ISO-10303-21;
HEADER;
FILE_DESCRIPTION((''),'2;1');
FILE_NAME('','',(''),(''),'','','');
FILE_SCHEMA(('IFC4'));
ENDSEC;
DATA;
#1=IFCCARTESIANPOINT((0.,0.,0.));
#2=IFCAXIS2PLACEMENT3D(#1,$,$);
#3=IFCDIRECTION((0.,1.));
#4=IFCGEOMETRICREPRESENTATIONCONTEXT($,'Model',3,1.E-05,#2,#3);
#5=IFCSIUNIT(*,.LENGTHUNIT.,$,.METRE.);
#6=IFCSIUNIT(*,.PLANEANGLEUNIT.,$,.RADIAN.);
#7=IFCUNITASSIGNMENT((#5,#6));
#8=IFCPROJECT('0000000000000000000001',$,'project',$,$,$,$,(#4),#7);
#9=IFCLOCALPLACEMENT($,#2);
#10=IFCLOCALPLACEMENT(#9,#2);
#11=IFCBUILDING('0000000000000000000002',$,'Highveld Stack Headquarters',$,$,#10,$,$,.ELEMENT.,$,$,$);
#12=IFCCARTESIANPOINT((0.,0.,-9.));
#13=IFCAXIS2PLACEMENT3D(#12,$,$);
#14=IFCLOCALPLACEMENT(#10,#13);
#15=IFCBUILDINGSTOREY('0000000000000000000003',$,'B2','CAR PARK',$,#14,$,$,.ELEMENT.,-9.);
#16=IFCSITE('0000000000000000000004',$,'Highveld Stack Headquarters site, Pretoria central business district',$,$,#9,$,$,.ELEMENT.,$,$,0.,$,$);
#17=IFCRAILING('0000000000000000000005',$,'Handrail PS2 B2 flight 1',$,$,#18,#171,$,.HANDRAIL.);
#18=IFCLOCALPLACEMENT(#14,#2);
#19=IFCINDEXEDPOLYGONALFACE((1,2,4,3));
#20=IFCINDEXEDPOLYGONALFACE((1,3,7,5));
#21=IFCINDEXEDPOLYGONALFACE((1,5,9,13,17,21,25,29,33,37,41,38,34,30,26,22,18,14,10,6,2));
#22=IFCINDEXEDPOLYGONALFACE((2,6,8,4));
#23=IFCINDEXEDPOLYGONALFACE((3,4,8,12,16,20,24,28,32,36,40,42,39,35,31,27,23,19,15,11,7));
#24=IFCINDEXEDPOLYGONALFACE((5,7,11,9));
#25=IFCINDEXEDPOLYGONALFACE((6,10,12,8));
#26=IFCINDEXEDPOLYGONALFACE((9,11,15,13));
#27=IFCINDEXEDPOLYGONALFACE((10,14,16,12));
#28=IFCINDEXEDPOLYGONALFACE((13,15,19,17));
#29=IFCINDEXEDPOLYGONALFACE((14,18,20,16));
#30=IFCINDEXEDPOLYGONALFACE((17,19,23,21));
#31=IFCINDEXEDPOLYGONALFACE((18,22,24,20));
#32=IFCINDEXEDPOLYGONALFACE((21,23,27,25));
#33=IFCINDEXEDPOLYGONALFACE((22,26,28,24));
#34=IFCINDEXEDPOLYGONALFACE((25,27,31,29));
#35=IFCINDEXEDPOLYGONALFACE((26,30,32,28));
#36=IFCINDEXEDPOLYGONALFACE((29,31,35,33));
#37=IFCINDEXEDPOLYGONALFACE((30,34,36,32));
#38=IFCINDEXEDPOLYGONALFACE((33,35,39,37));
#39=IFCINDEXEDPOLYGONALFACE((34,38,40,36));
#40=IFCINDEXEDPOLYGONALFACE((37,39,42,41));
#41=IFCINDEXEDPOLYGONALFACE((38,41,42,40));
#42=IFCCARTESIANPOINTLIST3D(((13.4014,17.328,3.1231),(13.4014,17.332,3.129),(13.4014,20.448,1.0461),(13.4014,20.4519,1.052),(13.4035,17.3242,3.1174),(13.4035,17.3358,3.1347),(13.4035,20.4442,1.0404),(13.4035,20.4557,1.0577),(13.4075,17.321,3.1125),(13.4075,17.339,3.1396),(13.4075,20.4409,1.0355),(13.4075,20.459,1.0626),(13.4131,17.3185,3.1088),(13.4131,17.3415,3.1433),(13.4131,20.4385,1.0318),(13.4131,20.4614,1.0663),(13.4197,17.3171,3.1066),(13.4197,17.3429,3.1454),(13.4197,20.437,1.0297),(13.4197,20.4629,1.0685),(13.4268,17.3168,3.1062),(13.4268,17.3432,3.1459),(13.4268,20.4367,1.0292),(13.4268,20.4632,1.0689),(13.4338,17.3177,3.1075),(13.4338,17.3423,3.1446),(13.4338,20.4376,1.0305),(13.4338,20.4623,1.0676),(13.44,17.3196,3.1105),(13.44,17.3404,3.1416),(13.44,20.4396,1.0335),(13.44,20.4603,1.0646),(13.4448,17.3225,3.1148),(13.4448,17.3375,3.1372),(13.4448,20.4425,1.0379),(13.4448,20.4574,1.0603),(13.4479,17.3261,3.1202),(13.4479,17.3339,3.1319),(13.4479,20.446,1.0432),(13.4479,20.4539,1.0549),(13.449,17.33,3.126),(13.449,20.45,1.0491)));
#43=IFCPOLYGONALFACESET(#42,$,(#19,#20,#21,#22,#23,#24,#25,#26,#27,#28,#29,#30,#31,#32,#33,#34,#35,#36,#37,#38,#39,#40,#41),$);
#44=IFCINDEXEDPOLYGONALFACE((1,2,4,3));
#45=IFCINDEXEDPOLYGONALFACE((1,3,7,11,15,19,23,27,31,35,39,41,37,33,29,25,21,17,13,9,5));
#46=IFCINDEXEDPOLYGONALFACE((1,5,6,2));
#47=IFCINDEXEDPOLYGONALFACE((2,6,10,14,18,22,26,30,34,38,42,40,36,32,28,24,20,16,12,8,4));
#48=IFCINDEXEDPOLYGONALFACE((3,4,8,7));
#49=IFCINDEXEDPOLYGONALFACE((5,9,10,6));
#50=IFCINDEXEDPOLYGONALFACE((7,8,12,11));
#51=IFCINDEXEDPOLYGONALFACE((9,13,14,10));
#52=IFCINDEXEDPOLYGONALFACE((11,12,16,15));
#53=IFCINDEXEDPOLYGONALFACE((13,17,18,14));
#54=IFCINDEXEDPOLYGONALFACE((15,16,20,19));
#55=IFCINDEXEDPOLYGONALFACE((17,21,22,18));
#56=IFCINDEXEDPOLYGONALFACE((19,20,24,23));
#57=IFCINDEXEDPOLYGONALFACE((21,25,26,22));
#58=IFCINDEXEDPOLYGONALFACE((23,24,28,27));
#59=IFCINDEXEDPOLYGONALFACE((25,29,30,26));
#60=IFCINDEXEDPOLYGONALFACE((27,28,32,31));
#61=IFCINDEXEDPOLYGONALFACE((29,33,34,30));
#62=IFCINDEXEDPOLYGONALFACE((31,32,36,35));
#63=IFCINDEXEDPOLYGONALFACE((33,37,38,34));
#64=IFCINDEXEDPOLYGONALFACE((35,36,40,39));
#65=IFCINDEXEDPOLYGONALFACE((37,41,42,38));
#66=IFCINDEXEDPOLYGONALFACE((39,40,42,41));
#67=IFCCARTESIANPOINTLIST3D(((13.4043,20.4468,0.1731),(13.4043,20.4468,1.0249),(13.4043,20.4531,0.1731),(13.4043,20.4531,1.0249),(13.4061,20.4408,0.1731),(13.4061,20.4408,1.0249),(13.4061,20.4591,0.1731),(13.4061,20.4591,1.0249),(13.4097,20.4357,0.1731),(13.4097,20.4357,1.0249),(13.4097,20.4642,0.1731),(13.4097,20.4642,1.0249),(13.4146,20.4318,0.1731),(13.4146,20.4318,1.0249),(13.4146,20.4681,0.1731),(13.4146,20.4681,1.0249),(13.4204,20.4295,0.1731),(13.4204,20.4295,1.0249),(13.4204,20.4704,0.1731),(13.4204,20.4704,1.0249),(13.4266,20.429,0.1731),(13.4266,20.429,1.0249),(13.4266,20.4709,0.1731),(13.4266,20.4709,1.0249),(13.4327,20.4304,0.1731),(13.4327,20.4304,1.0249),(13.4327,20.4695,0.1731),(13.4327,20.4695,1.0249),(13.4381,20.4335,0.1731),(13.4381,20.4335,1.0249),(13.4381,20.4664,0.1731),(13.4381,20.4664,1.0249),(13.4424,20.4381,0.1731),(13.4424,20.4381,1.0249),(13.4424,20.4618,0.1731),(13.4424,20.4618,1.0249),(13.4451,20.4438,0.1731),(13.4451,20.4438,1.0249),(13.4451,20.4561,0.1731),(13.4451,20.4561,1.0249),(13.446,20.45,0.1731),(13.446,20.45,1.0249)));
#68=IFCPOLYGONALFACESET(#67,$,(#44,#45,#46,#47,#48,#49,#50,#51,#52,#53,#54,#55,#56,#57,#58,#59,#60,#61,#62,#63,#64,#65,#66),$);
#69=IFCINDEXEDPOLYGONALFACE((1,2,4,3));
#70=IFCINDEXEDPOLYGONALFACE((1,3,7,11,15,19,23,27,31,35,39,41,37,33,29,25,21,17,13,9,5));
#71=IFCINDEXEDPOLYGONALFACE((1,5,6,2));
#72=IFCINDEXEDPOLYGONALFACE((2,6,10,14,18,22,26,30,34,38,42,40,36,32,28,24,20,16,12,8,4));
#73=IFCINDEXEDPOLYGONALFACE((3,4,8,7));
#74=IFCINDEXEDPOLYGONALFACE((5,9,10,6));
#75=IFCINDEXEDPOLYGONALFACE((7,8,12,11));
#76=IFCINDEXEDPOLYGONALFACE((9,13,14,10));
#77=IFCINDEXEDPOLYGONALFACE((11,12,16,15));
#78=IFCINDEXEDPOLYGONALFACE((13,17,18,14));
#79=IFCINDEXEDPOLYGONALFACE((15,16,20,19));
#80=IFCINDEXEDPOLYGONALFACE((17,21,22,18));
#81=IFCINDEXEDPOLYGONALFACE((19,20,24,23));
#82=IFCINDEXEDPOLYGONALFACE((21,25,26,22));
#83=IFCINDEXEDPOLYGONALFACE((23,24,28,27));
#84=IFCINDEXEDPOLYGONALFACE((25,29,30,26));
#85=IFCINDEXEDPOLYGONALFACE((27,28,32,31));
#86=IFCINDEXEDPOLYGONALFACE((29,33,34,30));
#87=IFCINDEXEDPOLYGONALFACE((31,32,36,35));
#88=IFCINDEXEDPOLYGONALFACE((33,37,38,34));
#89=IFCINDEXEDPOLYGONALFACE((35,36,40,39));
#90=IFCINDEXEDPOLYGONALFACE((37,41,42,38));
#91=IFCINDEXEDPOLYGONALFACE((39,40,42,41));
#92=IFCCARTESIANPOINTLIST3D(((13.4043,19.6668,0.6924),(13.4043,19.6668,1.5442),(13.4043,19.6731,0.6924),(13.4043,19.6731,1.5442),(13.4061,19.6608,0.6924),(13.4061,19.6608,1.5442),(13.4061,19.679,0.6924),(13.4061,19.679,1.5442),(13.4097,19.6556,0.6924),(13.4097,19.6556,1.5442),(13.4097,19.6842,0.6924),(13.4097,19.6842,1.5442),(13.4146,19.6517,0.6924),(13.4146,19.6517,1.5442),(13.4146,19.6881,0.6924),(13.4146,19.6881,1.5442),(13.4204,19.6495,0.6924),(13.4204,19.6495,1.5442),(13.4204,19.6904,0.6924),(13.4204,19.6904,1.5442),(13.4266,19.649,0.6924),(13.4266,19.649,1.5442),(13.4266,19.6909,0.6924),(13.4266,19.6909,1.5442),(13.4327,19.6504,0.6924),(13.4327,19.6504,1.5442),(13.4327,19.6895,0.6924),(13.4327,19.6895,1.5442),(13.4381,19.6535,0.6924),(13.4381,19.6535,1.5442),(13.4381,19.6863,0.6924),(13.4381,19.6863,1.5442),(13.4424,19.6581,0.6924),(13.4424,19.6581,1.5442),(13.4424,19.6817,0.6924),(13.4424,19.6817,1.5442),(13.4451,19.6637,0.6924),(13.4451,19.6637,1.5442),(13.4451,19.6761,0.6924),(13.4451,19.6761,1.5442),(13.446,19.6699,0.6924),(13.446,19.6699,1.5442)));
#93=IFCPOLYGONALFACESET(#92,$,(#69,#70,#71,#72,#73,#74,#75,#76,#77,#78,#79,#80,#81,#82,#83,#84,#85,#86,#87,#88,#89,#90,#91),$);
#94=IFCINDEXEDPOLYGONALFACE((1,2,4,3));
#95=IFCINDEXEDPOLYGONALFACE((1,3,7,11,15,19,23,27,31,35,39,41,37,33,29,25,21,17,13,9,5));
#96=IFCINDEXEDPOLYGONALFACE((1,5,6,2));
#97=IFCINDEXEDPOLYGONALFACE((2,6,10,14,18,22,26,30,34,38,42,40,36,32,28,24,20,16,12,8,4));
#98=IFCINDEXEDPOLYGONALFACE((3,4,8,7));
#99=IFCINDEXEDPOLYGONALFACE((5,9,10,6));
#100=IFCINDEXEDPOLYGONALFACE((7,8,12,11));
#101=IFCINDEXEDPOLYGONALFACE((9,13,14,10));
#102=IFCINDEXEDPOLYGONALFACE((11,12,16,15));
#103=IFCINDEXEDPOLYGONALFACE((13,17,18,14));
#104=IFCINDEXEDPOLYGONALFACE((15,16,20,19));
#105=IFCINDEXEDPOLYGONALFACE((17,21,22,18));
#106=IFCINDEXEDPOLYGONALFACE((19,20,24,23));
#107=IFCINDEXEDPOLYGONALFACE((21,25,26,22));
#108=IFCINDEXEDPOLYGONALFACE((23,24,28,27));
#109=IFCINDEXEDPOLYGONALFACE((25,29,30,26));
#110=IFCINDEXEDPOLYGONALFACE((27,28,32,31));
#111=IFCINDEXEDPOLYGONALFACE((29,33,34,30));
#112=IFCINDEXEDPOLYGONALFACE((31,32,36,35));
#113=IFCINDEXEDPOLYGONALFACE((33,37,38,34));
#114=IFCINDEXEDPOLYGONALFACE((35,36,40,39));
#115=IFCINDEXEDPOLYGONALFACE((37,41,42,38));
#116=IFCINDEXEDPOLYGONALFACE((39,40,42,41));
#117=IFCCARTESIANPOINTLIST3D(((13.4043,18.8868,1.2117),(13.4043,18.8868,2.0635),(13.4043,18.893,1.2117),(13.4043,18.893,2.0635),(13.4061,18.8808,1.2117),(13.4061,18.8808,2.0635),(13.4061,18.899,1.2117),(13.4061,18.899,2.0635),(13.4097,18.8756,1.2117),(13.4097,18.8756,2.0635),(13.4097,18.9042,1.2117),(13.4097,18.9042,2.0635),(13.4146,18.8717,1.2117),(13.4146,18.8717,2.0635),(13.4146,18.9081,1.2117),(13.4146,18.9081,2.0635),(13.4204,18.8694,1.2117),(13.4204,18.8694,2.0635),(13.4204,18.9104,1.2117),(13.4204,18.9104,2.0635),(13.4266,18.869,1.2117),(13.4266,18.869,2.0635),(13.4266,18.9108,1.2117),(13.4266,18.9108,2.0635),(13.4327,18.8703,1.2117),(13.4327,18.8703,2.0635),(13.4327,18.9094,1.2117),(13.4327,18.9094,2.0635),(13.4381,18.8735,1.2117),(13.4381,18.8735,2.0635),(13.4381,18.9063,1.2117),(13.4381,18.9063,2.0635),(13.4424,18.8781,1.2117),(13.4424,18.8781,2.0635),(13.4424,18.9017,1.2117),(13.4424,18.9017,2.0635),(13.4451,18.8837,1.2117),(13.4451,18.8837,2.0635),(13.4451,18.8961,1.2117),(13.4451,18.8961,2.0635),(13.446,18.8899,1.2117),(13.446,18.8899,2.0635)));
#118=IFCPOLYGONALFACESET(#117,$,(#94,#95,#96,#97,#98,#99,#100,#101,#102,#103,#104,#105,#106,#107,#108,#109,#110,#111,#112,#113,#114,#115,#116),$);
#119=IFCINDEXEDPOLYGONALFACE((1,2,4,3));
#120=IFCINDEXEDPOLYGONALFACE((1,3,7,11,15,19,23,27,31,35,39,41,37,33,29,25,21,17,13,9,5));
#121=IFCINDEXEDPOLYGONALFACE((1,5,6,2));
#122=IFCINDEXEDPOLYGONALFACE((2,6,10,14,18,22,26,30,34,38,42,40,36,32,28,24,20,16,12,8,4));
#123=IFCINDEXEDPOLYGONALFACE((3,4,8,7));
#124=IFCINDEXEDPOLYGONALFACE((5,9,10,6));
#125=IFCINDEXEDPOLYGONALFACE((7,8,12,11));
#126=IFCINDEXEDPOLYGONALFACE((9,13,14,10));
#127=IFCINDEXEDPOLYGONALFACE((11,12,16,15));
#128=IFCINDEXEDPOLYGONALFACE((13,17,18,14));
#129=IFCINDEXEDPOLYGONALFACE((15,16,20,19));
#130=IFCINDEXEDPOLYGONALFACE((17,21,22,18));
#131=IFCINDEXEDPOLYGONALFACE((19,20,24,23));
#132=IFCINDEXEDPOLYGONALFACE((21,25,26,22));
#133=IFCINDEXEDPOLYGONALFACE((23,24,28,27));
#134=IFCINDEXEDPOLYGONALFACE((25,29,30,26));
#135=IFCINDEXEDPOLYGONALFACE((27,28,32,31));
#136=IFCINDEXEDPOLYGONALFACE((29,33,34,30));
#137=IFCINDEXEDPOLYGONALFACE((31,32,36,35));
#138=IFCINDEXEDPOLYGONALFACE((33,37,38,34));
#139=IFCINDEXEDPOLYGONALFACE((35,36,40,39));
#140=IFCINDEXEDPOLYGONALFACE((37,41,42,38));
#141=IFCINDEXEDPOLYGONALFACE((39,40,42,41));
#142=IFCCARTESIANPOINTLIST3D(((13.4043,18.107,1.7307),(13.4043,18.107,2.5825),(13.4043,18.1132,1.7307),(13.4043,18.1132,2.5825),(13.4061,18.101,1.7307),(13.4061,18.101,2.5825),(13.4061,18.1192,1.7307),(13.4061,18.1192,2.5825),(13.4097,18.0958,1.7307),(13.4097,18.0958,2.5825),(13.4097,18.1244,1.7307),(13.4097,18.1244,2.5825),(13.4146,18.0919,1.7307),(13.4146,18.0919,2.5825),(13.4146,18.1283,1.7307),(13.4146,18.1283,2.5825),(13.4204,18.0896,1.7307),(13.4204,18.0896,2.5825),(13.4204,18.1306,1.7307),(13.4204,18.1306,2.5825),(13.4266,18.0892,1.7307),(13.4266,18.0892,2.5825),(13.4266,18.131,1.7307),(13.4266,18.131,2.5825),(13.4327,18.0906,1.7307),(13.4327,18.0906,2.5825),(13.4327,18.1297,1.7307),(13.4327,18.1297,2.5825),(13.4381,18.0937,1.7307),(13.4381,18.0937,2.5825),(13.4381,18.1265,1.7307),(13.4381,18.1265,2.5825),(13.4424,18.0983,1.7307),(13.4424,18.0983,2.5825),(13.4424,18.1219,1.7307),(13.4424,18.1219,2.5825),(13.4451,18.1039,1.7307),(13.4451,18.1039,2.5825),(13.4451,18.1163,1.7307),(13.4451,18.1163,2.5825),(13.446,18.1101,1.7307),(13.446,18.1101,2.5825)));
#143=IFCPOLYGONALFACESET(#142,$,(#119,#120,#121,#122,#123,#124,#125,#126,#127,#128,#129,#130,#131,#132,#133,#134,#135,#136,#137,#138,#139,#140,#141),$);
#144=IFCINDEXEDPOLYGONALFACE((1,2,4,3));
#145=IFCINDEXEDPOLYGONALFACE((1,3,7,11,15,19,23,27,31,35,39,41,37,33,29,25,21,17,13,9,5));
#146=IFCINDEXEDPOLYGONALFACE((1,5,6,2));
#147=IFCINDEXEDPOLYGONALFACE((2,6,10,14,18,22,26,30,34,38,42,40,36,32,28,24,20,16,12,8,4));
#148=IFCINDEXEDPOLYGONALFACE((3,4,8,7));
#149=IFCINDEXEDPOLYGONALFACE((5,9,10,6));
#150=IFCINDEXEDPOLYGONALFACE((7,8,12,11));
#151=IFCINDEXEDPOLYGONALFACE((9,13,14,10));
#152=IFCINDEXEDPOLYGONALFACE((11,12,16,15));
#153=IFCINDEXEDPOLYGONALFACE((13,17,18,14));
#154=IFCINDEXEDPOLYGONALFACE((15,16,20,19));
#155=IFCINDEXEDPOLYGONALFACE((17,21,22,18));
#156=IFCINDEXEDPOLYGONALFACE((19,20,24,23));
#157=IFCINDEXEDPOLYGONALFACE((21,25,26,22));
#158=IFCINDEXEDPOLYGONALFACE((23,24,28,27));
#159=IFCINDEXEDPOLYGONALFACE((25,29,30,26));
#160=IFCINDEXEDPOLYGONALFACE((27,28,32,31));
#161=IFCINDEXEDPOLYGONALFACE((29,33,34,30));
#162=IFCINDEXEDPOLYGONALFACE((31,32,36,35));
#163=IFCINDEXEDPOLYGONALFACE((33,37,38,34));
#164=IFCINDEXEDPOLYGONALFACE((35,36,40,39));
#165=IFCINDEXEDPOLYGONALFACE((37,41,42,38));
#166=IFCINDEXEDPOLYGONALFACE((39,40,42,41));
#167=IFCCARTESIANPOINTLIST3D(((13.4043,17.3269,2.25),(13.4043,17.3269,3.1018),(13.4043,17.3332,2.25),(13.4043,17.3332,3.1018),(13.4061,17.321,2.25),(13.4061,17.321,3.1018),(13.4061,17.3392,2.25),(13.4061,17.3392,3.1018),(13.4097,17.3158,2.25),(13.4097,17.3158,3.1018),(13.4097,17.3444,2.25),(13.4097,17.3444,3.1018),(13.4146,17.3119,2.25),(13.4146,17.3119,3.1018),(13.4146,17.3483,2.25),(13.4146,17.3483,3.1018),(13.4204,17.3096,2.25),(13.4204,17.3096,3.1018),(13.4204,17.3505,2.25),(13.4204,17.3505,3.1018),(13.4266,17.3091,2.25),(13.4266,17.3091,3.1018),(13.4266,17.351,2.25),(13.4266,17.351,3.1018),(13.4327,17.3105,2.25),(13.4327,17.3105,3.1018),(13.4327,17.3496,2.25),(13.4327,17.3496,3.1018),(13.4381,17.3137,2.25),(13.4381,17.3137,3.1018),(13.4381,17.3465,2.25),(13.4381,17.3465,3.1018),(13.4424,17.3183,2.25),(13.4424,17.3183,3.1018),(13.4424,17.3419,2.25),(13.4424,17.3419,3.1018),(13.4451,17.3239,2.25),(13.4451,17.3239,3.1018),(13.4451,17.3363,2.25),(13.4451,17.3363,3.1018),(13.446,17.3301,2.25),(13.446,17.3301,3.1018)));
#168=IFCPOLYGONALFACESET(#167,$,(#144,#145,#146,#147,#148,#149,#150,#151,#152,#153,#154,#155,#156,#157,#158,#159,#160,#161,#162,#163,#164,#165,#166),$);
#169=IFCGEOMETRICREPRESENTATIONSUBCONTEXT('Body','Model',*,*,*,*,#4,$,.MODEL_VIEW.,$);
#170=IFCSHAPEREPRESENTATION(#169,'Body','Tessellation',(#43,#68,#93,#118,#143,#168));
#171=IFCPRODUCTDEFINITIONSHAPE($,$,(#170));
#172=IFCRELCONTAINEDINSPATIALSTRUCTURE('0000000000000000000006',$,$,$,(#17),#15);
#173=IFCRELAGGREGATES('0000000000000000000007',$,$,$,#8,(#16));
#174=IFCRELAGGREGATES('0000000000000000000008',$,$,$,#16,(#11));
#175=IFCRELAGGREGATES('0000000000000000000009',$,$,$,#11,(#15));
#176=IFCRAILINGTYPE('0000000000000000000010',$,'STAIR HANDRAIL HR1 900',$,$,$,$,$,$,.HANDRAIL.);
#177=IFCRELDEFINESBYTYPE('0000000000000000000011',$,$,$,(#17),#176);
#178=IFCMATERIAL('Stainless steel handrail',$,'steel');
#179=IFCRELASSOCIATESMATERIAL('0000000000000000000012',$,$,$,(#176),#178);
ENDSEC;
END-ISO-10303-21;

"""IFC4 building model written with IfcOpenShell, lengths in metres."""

from ifc_helpers import new_model, si_unit, direction, frame, origin, origin_2d, place, context, subcontext, project, spatial, circle, extrude, material, type_object, element, save


model = new_model("IFC4")

# Units and contexts
model_context = context("Model", 3, precision=1e-05, world=origin(), true_north=direction((0.0, 1.0)))
body_context = subcontext(model_context, "Body", "Model", "MODEL_VIEW")
ifc_project = project(units=[si_unit("LENGTHUNIT", "METRE"), si_unit("PLANEANGLEUNIT", "RADIAN")], contexts=[model_context])

# Site, building, storey
site_placement = place(None, origin())
site = spatial("IfcSite", under=ifc_project, at=site_placement, Name="Highveld Stack Headquarters site, Pretoria central business district", CompositionType="ELEMENT", RefElevation=0.0)
building_placement = place(site_placement, origin())
building = spatial("IfcBuilding", under=site, at=building_placement, Name="Highveld Stack Headquarters", CompositionType="ELEMENT")
storey_placement = place(building_placement, frame((0.0, 0.0, -9.0)))
storey = spatial("IfcBuildingStorey", under=building, at=storey_placement, Name="B2", Description="CAR PARK", CompositionType="ELEMENT", Elevation=-9.0)

# Railing
ifc_material_1 = material(Name="Stainless steel handrail", Category="steel")
railing_type = type_object("IfcRailingType", Name="STAIR HANDRAIL HR1 900", PredefinedType="HANDRAIL", material=ifc_material_1)
for number, where, name in (
    (1, (13.425, 20.45, 0.1731), "Handrail PS2 B2 flight 1"),
):
    element("IfcRailing", number, at=place(storey_placement, frame(where)), inside=storey, type_object=railing_type, Name=name, PredefinedType="HANDRAIL", context=body_context, shape_type="SweptSolid", body=[
        extrude(circle(Radius=0.0239, at=origin_2d()), frame((0.0, 0.0, 0.876), z_axis=(0.0, -0.832421, 0.554144), x_axis=(1.0, 0.0, 0.0)), (0.0, 0.0, 1.0), 3.748),
        extrude(circle(Radius=0.021, at=origin_2d()), origin(), (0.0, 0.0, 1.0), 0.8518),
        extrude(circle(Radius=0.021, at=origin_2d()), frame((0.0, -0.78, 0.5193)), (0.0, 0.0, 1.0), 0.8518),
        extrude(circle(Radius=0.021, at=origin_2d()), frame((0.0, -1.5601, 1.0386)), (0.0, 0.0, 1.0), 0.8518),
        extrude(circle(Radius=0.021, at=origin_2d()), frame((0.0, -2.3398, 1.5576)), (0.0, 0.0, 1.0), 0.8518),
        extrude(circle(Radius=0.021, at=origin_2d()), frame((0.0, -3.1199, 2.0769)), (0.0, 0.0, 1.0), 0.8518),
    ])

save(model, "model.ifc")
